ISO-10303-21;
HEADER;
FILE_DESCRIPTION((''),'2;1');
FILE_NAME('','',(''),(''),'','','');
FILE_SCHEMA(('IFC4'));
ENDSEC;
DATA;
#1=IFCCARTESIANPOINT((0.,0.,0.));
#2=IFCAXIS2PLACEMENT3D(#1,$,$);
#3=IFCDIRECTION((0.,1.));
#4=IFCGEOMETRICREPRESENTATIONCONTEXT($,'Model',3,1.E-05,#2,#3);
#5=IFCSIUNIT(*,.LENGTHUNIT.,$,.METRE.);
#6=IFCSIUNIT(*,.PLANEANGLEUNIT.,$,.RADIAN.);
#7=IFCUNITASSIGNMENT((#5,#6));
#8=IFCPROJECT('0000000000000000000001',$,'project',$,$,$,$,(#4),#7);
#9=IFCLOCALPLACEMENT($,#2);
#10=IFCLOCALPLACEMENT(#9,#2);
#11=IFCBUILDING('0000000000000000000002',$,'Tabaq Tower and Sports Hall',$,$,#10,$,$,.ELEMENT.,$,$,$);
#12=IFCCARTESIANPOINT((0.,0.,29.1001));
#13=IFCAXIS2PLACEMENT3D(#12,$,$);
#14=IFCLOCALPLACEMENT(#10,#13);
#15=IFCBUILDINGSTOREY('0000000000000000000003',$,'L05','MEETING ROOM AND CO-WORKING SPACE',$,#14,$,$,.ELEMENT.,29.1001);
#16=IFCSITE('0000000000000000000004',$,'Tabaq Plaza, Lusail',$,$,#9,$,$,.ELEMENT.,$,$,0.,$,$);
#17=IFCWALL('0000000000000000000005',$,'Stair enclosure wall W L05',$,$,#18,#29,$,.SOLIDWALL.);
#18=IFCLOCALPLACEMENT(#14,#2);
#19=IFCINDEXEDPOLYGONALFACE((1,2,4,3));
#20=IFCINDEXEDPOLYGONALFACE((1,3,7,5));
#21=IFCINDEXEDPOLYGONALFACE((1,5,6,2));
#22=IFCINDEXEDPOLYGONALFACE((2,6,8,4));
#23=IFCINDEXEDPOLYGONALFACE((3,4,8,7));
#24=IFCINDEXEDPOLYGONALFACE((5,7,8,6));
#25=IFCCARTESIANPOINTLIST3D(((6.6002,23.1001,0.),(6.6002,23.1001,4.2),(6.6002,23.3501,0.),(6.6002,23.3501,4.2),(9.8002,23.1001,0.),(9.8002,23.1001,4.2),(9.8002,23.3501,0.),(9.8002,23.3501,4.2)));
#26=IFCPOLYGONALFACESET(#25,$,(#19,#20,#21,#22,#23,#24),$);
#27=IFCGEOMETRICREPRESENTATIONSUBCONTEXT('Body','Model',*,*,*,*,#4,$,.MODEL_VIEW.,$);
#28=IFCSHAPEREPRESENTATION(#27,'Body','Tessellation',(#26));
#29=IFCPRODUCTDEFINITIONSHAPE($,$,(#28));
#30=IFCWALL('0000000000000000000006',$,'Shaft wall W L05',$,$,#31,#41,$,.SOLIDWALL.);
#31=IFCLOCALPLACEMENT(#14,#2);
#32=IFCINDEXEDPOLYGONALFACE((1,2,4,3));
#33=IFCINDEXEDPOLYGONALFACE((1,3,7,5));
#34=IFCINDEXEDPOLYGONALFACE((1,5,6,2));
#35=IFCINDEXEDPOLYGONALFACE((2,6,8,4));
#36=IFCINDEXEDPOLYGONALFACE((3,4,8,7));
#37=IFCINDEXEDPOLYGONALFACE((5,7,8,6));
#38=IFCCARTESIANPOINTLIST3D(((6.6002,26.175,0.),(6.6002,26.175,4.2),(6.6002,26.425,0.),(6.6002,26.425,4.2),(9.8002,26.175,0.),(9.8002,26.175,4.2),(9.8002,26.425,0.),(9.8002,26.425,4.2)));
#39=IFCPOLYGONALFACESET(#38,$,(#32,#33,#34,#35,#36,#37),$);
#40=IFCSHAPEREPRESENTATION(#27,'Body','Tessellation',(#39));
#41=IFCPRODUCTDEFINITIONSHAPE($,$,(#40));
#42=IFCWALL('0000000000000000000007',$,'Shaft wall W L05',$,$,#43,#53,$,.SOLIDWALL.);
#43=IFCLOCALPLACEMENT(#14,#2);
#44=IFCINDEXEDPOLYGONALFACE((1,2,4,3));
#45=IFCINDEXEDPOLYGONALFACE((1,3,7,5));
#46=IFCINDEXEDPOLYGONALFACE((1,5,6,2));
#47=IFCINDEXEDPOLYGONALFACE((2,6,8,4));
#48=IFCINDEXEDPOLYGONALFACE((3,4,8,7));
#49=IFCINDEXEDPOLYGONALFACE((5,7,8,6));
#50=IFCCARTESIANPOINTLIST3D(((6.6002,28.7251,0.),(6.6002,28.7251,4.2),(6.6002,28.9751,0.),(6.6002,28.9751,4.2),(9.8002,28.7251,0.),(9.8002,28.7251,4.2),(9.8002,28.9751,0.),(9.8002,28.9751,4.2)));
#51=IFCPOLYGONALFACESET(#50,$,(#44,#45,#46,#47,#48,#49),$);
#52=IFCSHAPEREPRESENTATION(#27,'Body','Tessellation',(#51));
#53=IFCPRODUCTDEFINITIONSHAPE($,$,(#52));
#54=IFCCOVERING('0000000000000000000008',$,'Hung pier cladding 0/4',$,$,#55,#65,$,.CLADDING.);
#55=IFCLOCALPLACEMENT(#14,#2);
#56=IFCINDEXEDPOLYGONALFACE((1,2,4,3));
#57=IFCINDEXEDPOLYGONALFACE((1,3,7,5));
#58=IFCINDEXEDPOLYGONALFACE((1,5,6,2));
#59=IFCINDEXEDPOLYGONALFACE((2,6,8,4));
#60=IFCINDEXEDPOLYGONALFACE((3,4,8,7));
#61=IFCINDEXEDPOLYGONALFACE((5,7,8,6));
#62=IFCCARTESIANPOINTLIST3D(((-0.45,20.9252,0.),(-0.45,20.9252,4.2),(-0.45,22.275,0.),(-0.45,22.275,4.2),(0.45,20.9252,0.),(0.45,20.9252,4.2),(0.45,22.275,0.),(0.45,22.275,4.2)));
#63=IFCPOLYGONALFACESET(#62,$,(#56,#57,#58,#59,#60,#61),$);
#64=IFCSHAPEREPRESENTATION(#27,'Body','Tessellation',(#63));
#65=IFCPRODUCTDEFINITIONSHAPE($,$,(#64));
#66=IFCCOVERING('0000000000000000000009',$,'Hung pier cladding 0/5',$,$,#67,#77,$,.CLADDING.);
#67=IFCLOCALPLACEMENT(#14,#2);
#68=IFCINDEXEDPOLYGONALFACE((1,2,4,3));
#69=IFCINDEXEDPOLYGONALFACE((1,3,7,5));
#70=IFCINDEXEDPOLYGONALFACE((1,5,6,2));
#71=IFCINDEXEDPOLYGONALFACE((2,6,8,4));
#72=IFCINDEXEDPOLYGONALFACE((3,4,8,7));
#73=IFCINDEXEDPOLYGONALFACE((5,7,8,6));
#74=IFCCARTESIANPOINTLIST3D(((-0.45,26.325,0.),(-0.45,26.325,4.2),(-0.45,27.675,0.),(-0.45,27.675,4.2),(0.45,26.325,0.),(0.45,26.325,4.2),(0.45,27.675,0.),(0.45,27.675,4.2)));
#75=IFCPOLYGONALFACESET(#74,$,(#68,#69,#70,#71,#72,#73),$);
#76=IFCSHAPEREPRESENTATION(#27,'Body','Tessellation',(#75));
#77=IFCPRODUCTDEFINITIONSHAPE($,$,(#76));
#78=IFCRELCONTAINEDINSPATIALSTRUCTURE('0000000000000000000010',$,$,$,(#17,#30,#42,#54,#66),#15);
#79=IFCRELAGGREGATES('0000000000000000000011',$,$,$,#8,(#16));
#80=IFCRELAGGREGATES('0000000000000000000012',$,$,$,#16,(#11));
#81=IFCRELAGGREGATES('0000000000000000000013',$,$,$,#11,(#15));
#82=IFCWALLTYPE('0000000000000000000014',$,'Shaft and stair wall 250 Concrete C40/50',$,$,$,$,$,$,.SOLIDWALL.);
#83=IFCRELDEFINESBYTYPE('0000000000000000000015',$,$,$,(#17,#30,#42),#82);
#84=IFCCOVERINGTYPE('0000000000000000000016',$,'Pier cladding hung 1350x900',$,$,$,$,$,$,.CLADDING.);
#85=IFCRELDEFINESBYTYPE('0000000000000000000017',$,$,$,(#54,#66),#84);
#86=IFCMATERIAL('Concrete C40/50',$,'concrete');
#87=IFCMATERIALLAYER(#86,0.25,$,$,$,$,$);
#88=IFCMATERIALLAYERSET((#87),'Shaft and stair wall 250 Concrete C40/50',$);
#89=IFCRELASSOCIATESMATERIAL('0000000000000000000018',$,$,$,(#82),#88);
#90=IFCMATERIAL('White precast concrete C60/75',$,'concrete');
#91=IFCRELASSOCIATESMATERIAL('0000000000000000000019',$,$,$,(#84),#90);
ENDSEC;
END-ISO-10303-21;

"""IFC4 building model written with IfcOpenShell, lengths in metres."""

from ifc_helpers import new_model, si_unit, direction, frame, frame_2d, origin, place, context, subcontext, project, spatial, rectangle, extrude, material, layer, layer_set, type_object, element, save


model = new_model("IFC4")

# Units and contexts
model_context = context("Model", 3, precision=1e-05, world=origin(), true_north=direction((0.0, 1.0)))
body_context = subcontext(model_context, "Body", "Model", "MODEL_VIEW")
ifc_project = project(units=[si_unit("LENGTHUNIT", "METRE"), si_unit("PLANEANGLEUNIT", "RADIAN")], contexts=[model_context])

# Site, building, storey
site_placement = place(None, origin())
site = spatial("IfcSite", under=ifc_project, at=site_placement, Name="Tabaq Plaza, Lusail", CompositionType="ELEMENT", RefElevation=0.0)
building_placement = place(site_placement, origin())
building = spatial("IfcBuilding", under=site, at=building_placement, Name="Tabaq Tower and Sports Hall", CompositionType="ELEMENT")
storey_placement = place(building_placement, frame((0.0, 0.0, 29.1001)))
storey = spatial("IfcBuildingStorey", under=building, at=storey_placement, Name="L05", Description="MEETING ROOM AND CO-WORKING SPACE", CompositionType="ELEMENT", Elevation=29.1001)

# Walls
ifc_material_1 = material(Name="Concrete C40/50", Category="concrete")
ifc_layer_1 = layer(ifc_material_1, 0.25)
ifc_layer_set_1 = layer_set([ifc_layer_1], Name="Shaft and stair wall 250 Concrete C40/50")
wall_type_1 = type_object("IfcWallType", Name="Shaft and stair wall 250 Concrete C40/50", PredefinedType="SOLIDWALL", material=ifc_layer_set_1)
for number, where, z_axis, x_axis, name in (
    (1, (6.6001, 23.2251, 0.0), (0.0, 0.0, 1.0), (1.0, 0.0, 0.0), "Stair enclosure wall W L05"),
    (2, (6.6001, 26.3, 0.0), (0.0, 0.0, 1.0), (1.0, 0.0, 0.0), "Shaft wall W L05"),
    (3, (6.6001, 28.8501, 0.0), (0.0, 0.0, 1.0), (1.0, 0.0, 0.0), "Shaft wall W L05"),
):
    element("IfcWall", number, at=place(storey_placement, frame(where, z_axis=z_axis, x_axis=x_axis)), inside=storey, type_object=wall_type_1, Name=name, PredefinedType="SOLIDWALL", context=body_context, shape_type="SweptSolid", body=[
        extrude(rectangle(XDim=3.2, YDim=0.25, at=frame_2d((1.6001, 0.0))), origin(), (0.0, 0.0, 1.0), 4.2),
    ])

# Coverings
ifc_material_2 = material(Name="White precast concrete C60/75", Category="concrete")
covering_type = type_object("IfcCoveringType", Name="Pier cladding hung 1350x900", PredefinedType="CLADDING", material=ifc_material_2)
covering_1_placement = place(storey_placement, frame((0.0, 22.2749, 0.0), z_axis=(0.0, 0.0, 1.0), x_axis=(0.0, -1.0, 0.0)))
element("IfcCovering", 4, at=covering_1_placement, inside=storey, type_object=covering_type, Name="Hung pier cladding 0/4", PredefinedType="CLADDING", context=body_context, shape_type="SweptSolid", body=[
    extrude(rectangle(XDim=1.3499, YDim=0.8999, at=frame_2d((0.6748, 0.0))), origin(), (0.0, 0.0, 1.0), 4.2),
])
covering_2_placement = place(storey_placement, frame((0.0, 27.675, 0.0), z_axis=(0.0, 0.0, 1.0), x_axis=(0.0, -1.0, 0.0)))
element("IfcCovering", 5, at=covering_2_placement, inside=storey, type_object=covering_type, Name="Hung pier cladding 0/5", PredefinedType="CLADDING", context=body_context, shape_type="SweptSolid", body=[
    extrude(rectangle(XDim=1.3501, YDim=0.8999, at=frame_2d((0.675, 0.0))), origin(), (0.0, 0.0, 1.0), 4.2),
])

save(model, "model.ifc")
